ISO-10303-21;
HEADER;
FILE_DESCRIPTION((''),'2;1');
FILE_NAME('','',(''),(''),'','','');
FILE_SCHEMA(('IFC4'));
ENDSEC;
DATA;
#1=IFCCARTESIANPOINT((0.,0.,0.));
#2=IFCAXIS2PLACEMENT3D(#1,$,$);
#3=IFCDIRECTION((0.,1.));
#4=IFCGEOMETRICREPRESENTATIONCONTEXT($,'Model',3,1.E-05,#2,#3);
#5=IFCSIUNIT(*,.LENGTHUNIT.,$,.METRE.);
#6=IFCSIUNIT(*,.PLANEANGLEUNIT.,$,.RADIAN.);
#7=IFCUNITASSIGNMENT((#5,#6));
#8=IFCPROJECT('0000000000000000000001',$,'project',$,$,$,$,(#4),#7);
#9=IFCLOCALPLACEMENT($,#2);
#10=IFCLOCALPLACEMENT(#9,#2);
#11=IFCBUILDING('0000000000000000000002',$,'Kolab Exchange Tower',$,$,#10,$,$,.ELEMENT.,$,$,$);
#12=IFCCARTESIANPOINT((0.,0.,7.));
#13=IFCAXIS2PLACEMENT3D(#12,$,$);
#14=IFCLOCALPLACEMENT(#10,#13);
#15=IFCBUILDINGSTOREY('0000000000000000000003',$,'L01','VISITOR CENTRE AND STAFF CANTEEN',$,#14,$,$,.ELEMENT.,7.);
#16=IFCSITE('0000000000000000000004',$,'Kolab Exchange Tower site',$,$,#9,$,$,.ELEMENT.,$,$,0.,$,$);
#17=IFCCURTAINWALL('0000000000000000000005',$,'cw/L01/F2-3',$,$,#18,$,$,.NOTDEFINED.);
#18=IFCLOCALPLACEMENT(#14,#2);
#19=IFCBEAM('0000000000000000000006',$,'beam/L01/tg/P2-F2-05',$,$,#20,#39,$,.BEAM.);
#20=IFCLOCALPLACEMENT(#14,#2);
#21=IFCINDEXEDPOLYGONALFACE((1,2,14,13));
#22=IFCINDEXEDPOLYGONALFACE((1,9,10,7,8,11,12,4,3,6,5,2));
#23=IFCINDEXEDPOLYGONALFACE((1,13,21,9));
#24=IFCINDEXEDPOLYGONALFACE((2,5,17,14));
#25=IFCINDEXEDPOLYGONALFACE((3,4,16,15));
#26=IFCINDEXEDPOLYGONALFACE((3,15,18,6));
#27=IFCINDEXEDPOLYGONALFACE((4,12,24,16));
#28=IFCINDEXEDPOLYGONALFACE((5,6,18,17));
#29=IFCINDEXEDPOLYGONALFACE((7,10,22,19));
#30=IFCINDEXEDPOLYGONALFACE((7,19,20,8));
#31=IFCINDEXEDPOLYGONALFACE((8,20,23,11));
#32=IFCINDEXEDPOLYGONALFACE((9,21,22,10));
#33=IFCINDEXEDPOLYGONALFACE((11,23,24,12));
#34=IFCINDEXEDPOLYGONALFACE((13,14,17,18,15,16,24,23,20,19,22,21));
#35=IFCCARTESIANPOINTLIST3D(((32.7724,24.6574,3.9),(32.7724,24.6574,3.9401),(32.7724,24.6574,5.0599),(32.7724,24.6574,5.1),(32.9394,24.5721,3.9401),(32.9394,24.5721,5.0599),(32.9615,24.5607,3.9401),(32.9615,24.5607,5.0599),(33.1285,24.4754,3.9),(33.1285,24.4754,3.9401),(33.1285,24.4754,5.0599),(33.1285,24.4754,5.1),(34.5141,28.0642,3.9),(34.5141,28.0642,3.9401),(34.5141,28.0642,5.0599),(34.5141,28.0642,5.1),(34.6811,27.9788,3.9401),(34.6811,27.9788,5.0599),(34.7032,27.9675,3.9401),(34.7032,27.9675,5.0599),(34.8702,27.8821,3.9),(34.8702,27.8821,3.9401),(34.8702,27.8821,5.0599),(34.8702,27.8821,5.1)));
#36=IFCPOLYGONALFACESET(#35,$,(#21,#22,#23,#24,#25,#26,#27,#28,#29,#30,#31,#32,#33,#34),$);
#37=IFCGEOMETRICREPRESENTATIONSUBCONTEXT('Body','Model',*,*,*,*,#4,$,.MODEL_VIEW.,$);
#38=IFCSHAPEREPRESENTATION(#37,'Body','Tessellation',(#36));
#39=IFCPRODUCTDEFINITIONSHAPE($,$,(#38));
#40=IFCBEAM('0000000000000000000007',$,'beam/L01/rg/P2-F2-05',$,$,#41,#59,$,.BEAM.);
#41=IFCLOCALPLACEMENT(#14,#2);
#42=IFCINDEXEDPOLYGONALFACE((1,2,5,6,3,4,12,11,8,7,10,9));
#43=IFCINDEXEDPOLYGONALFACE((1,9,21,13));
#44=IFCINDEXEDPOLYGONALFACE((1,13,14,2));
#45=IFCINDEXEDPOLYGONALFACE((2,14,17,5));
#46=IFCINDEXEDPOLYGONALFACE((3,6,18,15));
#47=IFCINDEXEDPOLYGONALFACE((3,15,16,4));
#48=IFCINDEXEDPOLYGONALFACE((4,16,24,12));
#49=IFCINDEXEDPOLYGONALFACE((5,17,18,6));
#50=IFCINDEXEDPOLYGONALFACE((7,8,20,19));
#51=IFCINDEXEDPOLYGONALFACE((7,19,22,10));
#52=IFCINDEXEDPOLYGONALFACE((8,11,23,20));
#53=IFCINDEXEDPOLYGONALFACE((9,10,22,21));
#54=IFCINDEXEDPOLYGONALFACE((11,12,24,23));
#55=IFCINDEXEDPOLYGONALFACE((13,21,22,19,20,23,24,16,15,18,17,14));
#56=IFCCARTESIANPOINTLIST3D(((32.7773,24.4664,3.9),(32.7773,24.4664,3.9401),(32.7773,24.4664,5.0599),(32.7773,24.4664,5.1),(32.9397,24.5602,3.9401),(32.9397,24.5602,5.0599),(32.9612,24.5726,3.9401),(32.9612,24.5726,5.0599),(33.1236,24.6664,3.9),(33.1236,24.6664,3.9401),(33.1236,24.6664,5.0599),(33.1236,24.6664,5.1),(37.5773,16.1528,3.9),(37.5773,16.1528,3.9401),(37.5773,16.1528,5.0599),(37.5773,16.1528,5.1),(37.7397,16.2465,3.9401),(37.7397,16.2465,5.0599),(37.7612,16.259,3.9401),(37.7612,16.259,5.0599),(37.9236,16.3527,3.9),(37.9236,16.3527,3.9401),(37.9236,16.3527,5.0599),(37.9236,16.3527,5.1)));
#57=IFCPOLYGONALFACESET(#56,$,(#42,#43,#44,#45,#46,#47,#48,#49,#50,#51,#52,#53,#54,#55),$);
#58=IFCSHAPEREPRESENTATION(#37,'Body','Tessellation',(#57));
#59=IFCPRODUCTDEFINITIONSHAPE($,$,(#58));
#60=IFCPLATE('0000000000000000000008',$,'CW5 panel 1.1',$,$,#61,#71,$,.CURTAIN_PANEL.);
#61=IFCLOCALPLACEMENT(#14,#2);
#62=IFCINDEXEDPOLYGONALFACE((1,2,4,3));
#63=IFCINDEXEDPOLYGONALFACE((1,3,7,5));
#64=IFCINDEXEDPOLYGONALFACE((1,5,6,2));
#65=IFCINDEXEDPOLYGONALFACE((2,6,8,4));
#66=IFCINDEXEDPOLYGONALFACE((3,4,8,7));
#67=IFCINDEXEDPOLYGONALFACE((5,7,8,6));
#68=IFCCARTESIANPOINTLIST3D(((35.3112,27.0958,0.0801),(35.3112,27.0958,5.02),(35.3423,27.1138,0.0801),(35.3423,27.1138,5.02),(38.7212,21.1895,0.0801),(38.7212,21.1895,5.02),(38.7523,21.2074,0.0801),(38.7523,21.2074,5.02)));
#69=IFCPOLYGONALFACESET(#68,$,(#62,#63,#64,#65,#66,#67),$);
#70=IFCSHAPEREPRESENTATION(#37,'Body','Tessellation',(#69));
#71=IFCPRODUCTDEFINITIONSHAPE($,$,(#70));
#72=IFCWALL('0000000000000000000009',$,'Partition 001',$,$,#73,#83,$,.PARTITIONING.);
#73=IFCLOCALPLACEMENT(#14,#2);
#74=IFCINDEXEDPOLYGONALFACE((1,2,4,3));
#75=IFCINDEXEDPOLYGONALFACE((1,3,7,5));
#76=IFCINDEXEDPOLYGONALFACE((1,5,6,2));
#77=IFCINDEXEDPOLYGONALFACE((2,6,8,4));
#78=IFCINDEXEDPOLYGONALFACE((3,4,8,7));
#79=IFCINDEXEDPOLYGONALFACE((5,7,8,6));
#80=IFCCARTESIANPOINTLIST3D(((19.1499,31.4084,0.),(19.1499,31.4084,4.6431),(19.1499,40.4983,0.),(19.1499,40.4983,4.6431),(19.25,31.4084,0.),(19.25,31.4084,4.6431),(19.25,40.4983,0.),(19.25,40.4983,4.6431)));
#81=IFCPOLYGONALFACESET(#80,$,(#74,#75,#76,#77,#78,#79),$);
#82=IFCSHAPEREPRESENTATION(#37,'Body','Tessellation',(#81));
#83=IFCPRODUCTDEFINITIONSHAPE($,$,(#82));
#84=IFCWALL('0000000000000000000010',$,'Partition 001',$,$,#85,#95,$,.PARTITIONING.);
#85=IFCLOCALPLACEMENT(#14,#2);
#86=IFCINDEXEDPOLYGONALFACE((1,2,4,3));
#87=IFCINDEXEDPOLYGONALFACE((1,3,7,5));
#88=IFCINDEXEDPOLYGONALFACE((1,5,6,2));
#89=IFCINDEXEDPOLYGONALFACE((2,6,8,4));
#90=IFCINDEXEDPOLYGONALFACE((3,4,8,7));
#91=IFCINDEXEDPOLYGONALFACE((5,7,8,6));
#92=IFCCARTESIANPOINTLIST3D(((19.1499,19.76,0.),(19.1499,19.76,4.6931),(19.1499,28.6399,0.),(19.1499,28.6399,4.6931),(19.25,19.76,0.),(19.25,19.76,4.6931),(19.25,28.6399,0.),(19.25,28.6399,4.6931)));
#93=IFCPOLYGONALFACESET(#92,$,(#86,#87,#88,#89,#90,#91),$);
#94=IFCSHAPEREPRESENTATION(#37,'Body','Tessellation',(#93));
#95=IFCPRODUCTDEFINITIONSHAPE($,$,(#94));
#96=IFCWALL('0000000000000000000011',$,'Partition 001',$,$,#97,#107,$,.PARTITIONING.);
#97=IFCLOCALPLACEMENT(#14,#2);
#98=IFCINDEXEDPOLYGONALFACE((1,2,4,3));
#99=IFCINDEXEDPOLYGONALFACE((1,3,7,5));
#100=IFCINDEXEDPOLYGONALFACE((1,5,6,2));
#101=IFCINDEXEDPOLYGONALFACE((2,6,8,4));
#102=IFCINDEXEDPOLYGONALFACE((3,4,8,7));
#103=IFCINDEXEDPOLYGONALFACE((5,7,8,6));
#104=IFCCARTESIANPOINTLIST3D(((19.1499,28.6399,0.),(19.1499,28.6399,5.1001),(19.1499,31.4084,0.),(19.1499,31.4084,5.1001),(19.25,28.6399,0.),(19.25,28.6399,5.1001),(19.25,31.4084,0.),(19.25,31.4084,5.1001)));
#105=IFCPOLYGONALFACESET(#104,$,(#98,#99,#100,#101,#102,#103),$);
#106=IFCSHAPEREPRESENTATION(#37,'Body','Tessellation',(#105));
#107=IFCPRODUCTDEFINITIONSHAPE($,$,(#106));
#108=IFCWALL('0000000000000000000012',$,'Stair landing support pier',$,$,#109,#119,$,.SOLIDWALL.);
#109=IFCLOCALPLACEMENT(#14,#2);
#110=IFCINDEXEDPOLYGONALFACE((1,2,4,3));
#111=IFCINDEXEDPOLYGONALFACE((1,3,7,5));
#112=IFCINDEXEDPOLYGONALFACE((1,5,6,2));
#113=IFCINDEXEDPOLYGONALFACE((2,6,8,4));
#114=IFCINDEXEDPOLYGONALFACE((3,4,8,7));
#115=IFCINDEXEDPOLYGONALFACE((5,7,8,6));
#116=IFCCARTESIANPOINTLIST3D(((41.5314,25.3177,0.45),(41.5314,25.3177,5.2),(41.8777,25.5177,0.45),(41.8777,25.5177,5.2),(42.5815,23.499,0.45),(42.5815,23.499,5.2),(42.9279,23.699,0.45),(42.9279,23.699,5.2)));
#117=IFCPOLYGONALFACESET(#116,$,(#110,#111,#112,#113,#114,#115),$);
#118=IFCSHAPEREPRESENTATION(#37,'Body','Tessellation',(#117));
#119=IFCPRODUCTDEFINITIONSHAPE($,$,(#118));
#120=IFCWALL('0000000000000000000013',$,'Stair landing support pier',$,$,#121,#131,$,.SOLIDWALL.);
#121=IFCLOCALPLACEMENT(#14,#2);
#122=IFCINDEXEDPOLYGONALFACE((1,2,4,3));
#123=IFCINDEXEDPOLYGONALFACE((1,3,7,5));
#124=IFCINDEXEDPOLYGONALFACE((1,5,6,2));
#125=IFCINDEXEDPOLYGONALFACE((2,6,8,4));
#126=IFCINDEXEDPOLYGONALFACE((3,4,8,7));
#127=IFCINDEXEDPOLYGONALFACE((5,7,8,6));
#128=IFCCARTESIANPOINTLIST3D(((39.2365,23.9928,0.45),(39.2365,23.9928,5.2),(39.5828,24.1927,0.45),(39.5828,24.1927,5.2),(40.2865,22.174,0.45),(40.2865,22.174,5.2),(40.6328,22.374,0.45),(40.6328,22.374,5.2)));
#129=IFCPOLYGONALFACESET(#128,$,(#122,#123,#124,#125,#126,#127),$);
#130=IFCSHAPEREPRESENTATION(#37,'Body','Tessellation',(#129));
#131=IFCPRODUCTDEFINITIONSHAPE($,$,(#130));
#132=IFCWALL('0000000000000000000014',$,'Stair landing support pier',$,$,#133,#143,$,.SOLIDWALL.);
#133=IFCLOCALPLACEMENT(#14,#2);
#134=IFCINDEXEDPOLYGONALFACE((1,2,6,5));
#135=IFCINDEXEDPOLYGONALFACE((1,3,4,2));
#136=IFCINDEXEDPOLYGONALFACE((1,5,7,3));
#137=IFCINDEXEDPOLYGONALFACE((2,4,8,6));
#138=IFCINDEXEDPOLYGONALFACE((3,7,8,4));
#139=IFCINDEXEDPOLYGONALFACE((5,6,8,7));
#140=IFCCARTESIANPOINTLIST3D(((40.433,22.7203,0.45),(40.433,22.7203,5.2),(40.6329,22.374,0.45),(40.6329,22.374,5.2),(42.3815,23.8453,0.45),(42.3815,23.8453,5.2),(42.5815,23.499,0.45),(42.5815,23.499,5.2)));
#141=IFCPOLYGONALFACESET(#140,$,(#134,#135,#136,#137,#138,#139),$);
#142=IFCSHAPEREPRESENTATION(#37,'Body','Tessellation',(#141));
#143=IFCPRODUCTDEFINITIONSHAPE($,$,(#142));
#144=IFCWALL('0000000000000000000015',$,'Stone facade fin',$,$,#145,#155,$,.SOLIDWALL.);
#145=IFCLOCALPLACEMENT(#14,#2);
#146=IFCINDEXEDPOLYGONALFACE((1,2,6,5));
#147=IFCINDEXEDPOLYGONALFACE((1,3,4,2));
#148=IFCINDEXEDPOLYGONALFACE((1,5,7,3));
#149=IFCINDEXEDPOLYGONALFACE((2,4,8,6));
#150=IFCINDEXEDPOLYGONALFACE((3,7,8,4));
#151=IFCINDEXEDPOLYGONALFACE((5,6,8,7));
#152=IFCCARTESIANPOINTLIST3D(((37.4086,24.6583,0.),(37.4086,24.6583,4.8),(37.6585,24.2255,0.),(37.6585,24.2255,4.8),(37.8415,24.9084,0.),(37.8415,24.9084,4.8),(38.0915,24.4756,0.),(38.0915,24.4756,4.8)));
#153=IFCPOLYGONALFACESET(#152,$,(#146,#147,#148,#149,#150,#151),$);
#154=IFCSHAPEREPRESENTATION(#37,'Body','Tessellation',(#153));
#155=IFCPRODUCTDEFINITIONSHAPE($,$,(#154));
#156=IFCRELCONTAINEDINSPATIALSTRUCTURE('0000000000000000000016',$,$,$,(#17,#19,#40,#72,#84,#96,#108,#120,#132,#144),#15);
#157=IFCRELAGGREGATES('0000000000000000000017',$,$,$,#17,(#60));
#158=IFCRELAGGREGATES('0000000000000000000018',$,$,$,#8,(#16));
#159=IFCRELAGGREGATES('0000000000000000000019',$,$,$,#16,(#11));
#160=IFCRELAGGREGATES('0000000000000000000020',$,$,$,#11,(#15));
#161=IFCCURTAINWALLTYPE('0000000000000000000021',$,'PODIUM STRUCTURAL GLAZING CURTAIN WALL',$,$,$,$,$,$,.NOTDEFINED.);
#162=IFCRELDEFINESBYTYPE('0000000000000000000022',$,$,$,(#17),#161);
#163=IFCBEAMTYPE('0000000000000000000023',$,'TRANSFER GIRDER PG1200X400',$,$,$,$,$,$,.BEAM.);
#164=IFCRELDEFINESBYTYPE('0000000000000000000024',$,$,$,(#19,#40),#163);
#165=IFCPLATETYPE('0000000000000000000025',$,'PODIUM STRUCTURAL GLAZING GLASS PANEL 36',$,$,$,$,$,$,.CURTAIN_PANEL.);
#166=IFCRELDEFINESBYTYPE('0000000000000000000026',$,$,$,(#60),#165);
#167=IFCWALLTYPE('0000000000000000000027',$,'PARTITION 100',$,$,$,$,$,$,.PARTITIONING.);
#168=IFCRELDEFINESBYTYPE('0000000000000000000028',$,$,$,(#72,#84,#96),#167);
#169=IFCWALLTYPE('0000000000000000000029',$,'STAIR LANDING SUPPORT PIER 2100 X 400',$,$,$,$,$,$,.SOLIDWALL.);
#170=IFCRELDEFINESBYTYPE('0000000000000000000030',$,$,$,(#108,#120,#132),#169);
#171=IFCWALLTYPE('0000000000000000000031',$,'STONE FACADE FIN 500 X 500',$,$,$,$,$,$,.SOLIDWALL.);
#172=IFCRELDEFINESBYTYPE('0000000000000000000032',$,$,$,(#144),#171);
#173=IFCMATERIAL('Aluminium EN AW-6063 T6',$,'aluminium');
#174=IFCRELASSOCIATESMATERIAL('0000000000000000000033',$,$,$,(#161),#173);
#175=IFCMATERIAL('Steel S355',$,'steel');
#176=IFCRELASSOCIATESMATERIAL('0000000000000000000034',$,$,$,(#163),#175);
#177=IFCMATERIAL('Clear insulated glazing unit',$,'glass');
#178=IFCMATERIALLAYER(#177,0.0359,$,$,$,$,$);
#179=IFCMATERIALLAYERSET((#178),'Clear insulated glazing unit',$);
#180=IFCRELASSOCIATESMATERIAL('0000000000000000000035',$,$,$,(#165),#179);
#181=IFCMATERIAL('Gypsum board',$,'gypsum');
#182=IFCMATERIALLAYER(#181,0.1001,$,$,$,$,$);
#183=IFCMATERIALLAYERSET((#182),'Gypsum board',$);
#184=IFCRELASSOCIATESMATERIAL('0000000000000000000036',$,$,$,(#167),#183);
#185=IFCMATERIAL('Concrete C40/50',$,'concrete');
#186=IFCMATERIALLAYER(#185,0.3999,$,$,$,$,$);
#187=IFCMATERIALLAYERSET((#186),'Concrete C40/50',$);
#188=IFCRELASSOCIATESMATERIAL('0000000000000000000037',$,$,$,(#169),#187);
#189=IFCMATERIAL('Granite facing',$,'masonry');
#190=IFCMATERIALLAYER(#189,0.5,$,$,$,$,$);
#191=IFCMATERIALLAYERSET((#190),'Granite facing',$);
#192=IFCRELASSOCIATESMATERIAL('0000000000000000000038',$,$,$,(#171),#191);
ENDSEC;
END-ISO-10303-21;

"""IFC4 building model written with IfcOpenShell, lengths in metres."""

from ifc_helpers import new_model, si_unit, direction, frame, frame_2d, origin, origin_2d, place, context, subcontext, project, spatial, rectangle, i_section, extrude, material, layer, layer_set, material_profile, profile_set, type_object, element, aggregate, save


model = new_model("IFC4")

# Units and contexts
model_context = context("Model", 3, precision=1e-05, world=origin(), true_north=direction((0.0, 1.0)))
body_context = subcontext(model_context, "Body", "Model", "MODEL_VIEW")
ifc_project = project(units=[si_unit("LENGTHUNIT", "METRE"), si_unit("PLANEANGLEUNIT", "RADIAN")], contexts=[model_context])

# Site, building, storey
site_placement = place(None, origin())
site = spatial("IfcSite", under=ifc_project, at=site_placement, Name="Kolab Exchange Tower site", CompositionType="ELEMENT", RefElevation=0.0)
building_placement = place(site_placement, origin())
building = spatial("IfcBuilding", under=site, at=building_placement, Name="Kolab Exchange Tower", CompositionType="ELEMENT")
storey_placement = place(building_placement, frame((0.0, 0.0, 7.0)))
storey = spatial("IfcBuildingStorey", under=building, at=storey_placement, Name="L01", Description="VISITOR CENTRE AND STAFF CANTEEN", CompositionType="ELEMENT", Elevation=7.0)

# Shared definitions
ifc_material_1 = material(Name="Steel S355", Category="steel")

# Shared definitions
ifc_material_2 = material(Name="Aluminium EN AW-6063 T6", Category="aluminium")
curtain_wall_type = type_object("IfcCurtainWallType", Name="PODIUM STRUCTURAL GLAZING CURTAIN WALL", PredefinedType="NOTDEFINED", material=ifc_material_2)

# Curtain wall
curtain_wall_1_placement = place(storey_placement, origin())
curtain_wall_1 = element("IfcCurtainWall", 1, at=curtain_wall_1_placement, inside=storey, type_object=curtain_wall_type, Name="cw/L01/F2-3", PredefinedType="NOTDEFINED")

# Beams
ifc_material_profile_1 = material_profile(ifc_material_1, i_section(OverallWidth=0.3999, OverallDepth=1.2, WebThickness=0.0249, FlangeThickness=0.04, at=origin_2d()), Name="PG1200X400")
ifc_profile_set_1 = profile_set([ifc_material_profile_1], Name="Steel S355")
beam_type_1 = type_object("IfcBeamType", Name="TRANSFER GIRDER PG1200X400", PredefinedType="BEAM", material=ifc_profile_set_1)
beam_1_placement = place(storey_placement, frame((32.9504, 24.5664, 4.5), z_axis=(0.45521, 0.890384, 0.0), x_axis=(-0.890384, 0.45521, 0.0)))
element("IfcBeam", 2, at=beam_1_placement, inside=storey, type_object=beam_type_1, Name="beam/L01/tg/P2-F2-05", PredefinedType="BEAM", context=body_context, shape_type="SweptSolid", body=[
    extrude(i_section(OverallWidth=0.3999, OverallDepth=1.2, WebThickness=0.0249, FlangeThickness=0.04, at=origin_2d()), origin(), (0.0, 0.0, 1.0), 3.8262),
])
beam_2_placement = place(storey_placement, frame((32.9504, 24.5664, 4.5), z_axis=(0.500009, -0.86602, 0.0), x_axis=(0.86602, 0.500009, 0.0)))
element("IfcBeam", 3, at=beam_2_placement, inside=storey, type_object=beam_type_1, Name="beam/L01/rg/P2-F2-05", PredefinedType="BEAM", context=body_context, shape_type="SweptSolid", body=[
    extrude(i_section(OverallWidth=0.3999, OverallDepth=1.2, WebThickness=0.0249, FlangeThickness=0.04, at=origin_2d()), origin(), (0.0, 0.0, 1.0), 9.5999),
])

# Plate
ifc_material_3 = material(Name="Clear insulated glazing unit", Category="glass")
ifc_layer_1 = layer(ifc_material_3, 0.0359)
ifc_layer_set_1 = layer_set([ifc_layer_1], Name="Clear insulated glazing unit")
plate_type = type_object("IfcPlateType", Name="PODIUM STRUCTURAL GLAZING GLASS PANEL 36", PredefinedType="CURTAIN_PANEL", material=ifc_layer_set_1)
plate_placement = place(storey_placement, frame((37.0317, 24.1516, 0.0801), z_axis=(0.0, 0.0, 1.0), x_axis=(0.5, -0.866025, 0.0)))
plate = element("IfcPlate", 4, at=plate_placement, type_object=plate_type, Name="CW5 panel 1.1", PredefinedType="CURTAIN_PANEL", context=body_context, shape_type="SweptSolid", body=[
    extrude(rectangle(XDim=6.8201, YDim=0.0359, at=origin_2d()), origin(), (0.0, 0.0, 1.0), 4.9399),
])
aggregate(curtain_wall_1, [plate])

# Walls
ifc_material_4 = material(Name="Gypsum board", Category="gypsum")
ifc_layer_2 = layer(ifc_material_4, 0.1001)
ifc_layer_set_2 = layer_set([ifc_layer_2], Name="Gypsum board")
wall_type_1 = type_object("IfcWallType", Name="PARTITION 100", PredefinedType="PARTITIONING", material=ifc_layer_set_2)
wall_1_placement = place(storey_placement, frame((19.2, 31.4084, 0.0), z_axis=(0.0, 0.0, 1.0), x_axis=(0.0, 1.0, 0.0)))
element("IfcWall", 5, at=wall_1_placement, inside=storey, type_object=wall_type_1, Name="Partition 001", PredefinedType="PARTITIONING", context=body_context, shape_type="SweptSolid", body=[
    extrude(rectangle(XDim=9.0898, YDim=0.1001, at=frame_2d((4.5449, 0.0))), origin(), (0.0, 0.0, 1.0), 4.6431),
])
wall_2_placement = place(storey_placement, frame((19.2, 19.76, 0.0), z_axis=(0.0, 0.0, 1.0), x_axis=(0.0, 1.0, 0.0)))
element("IfcWall", 6, at=wall_2_placement, inside=storey, type_object=wall_type_1, Name="Partition 001", PredefinedType="PARTITIONING", context=body_context, shape_type="SweptSolid", body=[
    extrude(rectangle(XDim=8.8799, YDim=0.1001, at=frame_2d((4.4399, 0.0))), origin(), (0.0, 0.0, 1.0), 4.6931),
])
wall_3_placement = place(storey_placement, frame((19.2, 28.6399, 0.0), z_axis=(0.0, 0.0, 1.0), x_axis=(0.0, 1.0, 0.0)))
element("IfcWall", 7, at=wall_3_placement, inside=storey, type_object=wall_type_1, Name="Partition 001", PredefinedType="PARTITIONING", context=body_context, shape_type="SweptSolid", body=[
    extrude(rectangle(XDim=2.7686, YDim=0.1001, at=frame_2d((1.3843, 0.0))), origin(), (0.0, 0.0, 1.0), 5.1001),
])
ifc_material_5 = material(Name="Concrete C40/50", Category="concrete")
ifc_layer_3 = layer(ifc_material_5, 0.3999)
ifc_layer_set_3 = layer_set([ifc_layer_3], Name="Concrete C40/50")
wall_type_2 = type_object("IfcWallType", Name="STAIR LANDING SUPPORT PIER 2100 X 400", PredefinedType="SOLIDWALL", material=ifc_layer_set_3)
for number, where, z_axis, x_axis, name in (
    (8, (41.7046, 25.4177, 0.45), (0.0, 0.0, 1.0), (0.500028, -0.866009, 0.0), "Stair landing support pier"),
    (9, (39.4097, 24.0928, 0.45), (0.0, 0.0, 1.0), (0.499977, -0.866038, 0.0), "Stair landing support pier"),
):
    element("IfcWall", number, at=place(storey_placement, frame(where, z_axis=z_axis, x_axis=x_axis)), inside=storey, type_object=wall_type_2, Name=name, PredefinedType="SOLIDWALL", context=body_context, shape_type="SweptSolid", body=[
        extrude(rectangle(XDim=2.1001, YDim=0.3999, at=frame_2d((1.05, 0.0))), origin(), (0.0, 0.0, 1.0), 4.75),
    ])
wall_4_placement = place(storey_placement, frame((40.533, 22.5471, 0.45), z_axis=(0.0, 0.0, 1.0), x_axis=(0.866018, 0.500014, 0.0)))
element("IfcWall", 10, at=wall_4_placement, inside=storey, type_object=wall_type_2, Name="Stair landing support pier", PredefinedType="SOLIDWALL", context=body_context, shape_type="SweptSolid", body=[
    extrude(rectangle(XDim=2.25, YDim=0.3999, at=frame_2d((1.125, 0.0))), origin(), (0.0, 0.0, 1.0), 4.75),
])
ifc_material_6 = material(Name="Granite facing", Category="masonry")
ifc_layer_4 = layer(ifc_material_6, 0.5)
ifc_layer_set_4 = layer_set([ifc_layer_4], Name="Granite facing")
wall_type_3 = type_object("IfcWallType", Name="STONE FACADE FIN 500 X 500", PredefinedType="SOLIDWALL", material=ifc_layer_set_4)
wall_5_placement = place(storey_placement, frame((37.625, 24.7834, 0.0), z_axis=(0.0, 0.0, 1.0), x_axis=(0.500131, -0.86595, 0.0)))
element("IfcWall", 11, at=wall_5_placement, inside=storey, type_object=wall_type_3, Name="Stone facade fin", PredefinedType="SOLIDWALL", context=body_context, shape_type="SweptSolid", body=[
    extrude(rectangle(XDim=0.4998, YDim=0.5, at=frame_2d((0.25, 0.0))), origin(), (0.0, 0.0, 1.0), 4.8),
])

save(model, "model.ifc")
